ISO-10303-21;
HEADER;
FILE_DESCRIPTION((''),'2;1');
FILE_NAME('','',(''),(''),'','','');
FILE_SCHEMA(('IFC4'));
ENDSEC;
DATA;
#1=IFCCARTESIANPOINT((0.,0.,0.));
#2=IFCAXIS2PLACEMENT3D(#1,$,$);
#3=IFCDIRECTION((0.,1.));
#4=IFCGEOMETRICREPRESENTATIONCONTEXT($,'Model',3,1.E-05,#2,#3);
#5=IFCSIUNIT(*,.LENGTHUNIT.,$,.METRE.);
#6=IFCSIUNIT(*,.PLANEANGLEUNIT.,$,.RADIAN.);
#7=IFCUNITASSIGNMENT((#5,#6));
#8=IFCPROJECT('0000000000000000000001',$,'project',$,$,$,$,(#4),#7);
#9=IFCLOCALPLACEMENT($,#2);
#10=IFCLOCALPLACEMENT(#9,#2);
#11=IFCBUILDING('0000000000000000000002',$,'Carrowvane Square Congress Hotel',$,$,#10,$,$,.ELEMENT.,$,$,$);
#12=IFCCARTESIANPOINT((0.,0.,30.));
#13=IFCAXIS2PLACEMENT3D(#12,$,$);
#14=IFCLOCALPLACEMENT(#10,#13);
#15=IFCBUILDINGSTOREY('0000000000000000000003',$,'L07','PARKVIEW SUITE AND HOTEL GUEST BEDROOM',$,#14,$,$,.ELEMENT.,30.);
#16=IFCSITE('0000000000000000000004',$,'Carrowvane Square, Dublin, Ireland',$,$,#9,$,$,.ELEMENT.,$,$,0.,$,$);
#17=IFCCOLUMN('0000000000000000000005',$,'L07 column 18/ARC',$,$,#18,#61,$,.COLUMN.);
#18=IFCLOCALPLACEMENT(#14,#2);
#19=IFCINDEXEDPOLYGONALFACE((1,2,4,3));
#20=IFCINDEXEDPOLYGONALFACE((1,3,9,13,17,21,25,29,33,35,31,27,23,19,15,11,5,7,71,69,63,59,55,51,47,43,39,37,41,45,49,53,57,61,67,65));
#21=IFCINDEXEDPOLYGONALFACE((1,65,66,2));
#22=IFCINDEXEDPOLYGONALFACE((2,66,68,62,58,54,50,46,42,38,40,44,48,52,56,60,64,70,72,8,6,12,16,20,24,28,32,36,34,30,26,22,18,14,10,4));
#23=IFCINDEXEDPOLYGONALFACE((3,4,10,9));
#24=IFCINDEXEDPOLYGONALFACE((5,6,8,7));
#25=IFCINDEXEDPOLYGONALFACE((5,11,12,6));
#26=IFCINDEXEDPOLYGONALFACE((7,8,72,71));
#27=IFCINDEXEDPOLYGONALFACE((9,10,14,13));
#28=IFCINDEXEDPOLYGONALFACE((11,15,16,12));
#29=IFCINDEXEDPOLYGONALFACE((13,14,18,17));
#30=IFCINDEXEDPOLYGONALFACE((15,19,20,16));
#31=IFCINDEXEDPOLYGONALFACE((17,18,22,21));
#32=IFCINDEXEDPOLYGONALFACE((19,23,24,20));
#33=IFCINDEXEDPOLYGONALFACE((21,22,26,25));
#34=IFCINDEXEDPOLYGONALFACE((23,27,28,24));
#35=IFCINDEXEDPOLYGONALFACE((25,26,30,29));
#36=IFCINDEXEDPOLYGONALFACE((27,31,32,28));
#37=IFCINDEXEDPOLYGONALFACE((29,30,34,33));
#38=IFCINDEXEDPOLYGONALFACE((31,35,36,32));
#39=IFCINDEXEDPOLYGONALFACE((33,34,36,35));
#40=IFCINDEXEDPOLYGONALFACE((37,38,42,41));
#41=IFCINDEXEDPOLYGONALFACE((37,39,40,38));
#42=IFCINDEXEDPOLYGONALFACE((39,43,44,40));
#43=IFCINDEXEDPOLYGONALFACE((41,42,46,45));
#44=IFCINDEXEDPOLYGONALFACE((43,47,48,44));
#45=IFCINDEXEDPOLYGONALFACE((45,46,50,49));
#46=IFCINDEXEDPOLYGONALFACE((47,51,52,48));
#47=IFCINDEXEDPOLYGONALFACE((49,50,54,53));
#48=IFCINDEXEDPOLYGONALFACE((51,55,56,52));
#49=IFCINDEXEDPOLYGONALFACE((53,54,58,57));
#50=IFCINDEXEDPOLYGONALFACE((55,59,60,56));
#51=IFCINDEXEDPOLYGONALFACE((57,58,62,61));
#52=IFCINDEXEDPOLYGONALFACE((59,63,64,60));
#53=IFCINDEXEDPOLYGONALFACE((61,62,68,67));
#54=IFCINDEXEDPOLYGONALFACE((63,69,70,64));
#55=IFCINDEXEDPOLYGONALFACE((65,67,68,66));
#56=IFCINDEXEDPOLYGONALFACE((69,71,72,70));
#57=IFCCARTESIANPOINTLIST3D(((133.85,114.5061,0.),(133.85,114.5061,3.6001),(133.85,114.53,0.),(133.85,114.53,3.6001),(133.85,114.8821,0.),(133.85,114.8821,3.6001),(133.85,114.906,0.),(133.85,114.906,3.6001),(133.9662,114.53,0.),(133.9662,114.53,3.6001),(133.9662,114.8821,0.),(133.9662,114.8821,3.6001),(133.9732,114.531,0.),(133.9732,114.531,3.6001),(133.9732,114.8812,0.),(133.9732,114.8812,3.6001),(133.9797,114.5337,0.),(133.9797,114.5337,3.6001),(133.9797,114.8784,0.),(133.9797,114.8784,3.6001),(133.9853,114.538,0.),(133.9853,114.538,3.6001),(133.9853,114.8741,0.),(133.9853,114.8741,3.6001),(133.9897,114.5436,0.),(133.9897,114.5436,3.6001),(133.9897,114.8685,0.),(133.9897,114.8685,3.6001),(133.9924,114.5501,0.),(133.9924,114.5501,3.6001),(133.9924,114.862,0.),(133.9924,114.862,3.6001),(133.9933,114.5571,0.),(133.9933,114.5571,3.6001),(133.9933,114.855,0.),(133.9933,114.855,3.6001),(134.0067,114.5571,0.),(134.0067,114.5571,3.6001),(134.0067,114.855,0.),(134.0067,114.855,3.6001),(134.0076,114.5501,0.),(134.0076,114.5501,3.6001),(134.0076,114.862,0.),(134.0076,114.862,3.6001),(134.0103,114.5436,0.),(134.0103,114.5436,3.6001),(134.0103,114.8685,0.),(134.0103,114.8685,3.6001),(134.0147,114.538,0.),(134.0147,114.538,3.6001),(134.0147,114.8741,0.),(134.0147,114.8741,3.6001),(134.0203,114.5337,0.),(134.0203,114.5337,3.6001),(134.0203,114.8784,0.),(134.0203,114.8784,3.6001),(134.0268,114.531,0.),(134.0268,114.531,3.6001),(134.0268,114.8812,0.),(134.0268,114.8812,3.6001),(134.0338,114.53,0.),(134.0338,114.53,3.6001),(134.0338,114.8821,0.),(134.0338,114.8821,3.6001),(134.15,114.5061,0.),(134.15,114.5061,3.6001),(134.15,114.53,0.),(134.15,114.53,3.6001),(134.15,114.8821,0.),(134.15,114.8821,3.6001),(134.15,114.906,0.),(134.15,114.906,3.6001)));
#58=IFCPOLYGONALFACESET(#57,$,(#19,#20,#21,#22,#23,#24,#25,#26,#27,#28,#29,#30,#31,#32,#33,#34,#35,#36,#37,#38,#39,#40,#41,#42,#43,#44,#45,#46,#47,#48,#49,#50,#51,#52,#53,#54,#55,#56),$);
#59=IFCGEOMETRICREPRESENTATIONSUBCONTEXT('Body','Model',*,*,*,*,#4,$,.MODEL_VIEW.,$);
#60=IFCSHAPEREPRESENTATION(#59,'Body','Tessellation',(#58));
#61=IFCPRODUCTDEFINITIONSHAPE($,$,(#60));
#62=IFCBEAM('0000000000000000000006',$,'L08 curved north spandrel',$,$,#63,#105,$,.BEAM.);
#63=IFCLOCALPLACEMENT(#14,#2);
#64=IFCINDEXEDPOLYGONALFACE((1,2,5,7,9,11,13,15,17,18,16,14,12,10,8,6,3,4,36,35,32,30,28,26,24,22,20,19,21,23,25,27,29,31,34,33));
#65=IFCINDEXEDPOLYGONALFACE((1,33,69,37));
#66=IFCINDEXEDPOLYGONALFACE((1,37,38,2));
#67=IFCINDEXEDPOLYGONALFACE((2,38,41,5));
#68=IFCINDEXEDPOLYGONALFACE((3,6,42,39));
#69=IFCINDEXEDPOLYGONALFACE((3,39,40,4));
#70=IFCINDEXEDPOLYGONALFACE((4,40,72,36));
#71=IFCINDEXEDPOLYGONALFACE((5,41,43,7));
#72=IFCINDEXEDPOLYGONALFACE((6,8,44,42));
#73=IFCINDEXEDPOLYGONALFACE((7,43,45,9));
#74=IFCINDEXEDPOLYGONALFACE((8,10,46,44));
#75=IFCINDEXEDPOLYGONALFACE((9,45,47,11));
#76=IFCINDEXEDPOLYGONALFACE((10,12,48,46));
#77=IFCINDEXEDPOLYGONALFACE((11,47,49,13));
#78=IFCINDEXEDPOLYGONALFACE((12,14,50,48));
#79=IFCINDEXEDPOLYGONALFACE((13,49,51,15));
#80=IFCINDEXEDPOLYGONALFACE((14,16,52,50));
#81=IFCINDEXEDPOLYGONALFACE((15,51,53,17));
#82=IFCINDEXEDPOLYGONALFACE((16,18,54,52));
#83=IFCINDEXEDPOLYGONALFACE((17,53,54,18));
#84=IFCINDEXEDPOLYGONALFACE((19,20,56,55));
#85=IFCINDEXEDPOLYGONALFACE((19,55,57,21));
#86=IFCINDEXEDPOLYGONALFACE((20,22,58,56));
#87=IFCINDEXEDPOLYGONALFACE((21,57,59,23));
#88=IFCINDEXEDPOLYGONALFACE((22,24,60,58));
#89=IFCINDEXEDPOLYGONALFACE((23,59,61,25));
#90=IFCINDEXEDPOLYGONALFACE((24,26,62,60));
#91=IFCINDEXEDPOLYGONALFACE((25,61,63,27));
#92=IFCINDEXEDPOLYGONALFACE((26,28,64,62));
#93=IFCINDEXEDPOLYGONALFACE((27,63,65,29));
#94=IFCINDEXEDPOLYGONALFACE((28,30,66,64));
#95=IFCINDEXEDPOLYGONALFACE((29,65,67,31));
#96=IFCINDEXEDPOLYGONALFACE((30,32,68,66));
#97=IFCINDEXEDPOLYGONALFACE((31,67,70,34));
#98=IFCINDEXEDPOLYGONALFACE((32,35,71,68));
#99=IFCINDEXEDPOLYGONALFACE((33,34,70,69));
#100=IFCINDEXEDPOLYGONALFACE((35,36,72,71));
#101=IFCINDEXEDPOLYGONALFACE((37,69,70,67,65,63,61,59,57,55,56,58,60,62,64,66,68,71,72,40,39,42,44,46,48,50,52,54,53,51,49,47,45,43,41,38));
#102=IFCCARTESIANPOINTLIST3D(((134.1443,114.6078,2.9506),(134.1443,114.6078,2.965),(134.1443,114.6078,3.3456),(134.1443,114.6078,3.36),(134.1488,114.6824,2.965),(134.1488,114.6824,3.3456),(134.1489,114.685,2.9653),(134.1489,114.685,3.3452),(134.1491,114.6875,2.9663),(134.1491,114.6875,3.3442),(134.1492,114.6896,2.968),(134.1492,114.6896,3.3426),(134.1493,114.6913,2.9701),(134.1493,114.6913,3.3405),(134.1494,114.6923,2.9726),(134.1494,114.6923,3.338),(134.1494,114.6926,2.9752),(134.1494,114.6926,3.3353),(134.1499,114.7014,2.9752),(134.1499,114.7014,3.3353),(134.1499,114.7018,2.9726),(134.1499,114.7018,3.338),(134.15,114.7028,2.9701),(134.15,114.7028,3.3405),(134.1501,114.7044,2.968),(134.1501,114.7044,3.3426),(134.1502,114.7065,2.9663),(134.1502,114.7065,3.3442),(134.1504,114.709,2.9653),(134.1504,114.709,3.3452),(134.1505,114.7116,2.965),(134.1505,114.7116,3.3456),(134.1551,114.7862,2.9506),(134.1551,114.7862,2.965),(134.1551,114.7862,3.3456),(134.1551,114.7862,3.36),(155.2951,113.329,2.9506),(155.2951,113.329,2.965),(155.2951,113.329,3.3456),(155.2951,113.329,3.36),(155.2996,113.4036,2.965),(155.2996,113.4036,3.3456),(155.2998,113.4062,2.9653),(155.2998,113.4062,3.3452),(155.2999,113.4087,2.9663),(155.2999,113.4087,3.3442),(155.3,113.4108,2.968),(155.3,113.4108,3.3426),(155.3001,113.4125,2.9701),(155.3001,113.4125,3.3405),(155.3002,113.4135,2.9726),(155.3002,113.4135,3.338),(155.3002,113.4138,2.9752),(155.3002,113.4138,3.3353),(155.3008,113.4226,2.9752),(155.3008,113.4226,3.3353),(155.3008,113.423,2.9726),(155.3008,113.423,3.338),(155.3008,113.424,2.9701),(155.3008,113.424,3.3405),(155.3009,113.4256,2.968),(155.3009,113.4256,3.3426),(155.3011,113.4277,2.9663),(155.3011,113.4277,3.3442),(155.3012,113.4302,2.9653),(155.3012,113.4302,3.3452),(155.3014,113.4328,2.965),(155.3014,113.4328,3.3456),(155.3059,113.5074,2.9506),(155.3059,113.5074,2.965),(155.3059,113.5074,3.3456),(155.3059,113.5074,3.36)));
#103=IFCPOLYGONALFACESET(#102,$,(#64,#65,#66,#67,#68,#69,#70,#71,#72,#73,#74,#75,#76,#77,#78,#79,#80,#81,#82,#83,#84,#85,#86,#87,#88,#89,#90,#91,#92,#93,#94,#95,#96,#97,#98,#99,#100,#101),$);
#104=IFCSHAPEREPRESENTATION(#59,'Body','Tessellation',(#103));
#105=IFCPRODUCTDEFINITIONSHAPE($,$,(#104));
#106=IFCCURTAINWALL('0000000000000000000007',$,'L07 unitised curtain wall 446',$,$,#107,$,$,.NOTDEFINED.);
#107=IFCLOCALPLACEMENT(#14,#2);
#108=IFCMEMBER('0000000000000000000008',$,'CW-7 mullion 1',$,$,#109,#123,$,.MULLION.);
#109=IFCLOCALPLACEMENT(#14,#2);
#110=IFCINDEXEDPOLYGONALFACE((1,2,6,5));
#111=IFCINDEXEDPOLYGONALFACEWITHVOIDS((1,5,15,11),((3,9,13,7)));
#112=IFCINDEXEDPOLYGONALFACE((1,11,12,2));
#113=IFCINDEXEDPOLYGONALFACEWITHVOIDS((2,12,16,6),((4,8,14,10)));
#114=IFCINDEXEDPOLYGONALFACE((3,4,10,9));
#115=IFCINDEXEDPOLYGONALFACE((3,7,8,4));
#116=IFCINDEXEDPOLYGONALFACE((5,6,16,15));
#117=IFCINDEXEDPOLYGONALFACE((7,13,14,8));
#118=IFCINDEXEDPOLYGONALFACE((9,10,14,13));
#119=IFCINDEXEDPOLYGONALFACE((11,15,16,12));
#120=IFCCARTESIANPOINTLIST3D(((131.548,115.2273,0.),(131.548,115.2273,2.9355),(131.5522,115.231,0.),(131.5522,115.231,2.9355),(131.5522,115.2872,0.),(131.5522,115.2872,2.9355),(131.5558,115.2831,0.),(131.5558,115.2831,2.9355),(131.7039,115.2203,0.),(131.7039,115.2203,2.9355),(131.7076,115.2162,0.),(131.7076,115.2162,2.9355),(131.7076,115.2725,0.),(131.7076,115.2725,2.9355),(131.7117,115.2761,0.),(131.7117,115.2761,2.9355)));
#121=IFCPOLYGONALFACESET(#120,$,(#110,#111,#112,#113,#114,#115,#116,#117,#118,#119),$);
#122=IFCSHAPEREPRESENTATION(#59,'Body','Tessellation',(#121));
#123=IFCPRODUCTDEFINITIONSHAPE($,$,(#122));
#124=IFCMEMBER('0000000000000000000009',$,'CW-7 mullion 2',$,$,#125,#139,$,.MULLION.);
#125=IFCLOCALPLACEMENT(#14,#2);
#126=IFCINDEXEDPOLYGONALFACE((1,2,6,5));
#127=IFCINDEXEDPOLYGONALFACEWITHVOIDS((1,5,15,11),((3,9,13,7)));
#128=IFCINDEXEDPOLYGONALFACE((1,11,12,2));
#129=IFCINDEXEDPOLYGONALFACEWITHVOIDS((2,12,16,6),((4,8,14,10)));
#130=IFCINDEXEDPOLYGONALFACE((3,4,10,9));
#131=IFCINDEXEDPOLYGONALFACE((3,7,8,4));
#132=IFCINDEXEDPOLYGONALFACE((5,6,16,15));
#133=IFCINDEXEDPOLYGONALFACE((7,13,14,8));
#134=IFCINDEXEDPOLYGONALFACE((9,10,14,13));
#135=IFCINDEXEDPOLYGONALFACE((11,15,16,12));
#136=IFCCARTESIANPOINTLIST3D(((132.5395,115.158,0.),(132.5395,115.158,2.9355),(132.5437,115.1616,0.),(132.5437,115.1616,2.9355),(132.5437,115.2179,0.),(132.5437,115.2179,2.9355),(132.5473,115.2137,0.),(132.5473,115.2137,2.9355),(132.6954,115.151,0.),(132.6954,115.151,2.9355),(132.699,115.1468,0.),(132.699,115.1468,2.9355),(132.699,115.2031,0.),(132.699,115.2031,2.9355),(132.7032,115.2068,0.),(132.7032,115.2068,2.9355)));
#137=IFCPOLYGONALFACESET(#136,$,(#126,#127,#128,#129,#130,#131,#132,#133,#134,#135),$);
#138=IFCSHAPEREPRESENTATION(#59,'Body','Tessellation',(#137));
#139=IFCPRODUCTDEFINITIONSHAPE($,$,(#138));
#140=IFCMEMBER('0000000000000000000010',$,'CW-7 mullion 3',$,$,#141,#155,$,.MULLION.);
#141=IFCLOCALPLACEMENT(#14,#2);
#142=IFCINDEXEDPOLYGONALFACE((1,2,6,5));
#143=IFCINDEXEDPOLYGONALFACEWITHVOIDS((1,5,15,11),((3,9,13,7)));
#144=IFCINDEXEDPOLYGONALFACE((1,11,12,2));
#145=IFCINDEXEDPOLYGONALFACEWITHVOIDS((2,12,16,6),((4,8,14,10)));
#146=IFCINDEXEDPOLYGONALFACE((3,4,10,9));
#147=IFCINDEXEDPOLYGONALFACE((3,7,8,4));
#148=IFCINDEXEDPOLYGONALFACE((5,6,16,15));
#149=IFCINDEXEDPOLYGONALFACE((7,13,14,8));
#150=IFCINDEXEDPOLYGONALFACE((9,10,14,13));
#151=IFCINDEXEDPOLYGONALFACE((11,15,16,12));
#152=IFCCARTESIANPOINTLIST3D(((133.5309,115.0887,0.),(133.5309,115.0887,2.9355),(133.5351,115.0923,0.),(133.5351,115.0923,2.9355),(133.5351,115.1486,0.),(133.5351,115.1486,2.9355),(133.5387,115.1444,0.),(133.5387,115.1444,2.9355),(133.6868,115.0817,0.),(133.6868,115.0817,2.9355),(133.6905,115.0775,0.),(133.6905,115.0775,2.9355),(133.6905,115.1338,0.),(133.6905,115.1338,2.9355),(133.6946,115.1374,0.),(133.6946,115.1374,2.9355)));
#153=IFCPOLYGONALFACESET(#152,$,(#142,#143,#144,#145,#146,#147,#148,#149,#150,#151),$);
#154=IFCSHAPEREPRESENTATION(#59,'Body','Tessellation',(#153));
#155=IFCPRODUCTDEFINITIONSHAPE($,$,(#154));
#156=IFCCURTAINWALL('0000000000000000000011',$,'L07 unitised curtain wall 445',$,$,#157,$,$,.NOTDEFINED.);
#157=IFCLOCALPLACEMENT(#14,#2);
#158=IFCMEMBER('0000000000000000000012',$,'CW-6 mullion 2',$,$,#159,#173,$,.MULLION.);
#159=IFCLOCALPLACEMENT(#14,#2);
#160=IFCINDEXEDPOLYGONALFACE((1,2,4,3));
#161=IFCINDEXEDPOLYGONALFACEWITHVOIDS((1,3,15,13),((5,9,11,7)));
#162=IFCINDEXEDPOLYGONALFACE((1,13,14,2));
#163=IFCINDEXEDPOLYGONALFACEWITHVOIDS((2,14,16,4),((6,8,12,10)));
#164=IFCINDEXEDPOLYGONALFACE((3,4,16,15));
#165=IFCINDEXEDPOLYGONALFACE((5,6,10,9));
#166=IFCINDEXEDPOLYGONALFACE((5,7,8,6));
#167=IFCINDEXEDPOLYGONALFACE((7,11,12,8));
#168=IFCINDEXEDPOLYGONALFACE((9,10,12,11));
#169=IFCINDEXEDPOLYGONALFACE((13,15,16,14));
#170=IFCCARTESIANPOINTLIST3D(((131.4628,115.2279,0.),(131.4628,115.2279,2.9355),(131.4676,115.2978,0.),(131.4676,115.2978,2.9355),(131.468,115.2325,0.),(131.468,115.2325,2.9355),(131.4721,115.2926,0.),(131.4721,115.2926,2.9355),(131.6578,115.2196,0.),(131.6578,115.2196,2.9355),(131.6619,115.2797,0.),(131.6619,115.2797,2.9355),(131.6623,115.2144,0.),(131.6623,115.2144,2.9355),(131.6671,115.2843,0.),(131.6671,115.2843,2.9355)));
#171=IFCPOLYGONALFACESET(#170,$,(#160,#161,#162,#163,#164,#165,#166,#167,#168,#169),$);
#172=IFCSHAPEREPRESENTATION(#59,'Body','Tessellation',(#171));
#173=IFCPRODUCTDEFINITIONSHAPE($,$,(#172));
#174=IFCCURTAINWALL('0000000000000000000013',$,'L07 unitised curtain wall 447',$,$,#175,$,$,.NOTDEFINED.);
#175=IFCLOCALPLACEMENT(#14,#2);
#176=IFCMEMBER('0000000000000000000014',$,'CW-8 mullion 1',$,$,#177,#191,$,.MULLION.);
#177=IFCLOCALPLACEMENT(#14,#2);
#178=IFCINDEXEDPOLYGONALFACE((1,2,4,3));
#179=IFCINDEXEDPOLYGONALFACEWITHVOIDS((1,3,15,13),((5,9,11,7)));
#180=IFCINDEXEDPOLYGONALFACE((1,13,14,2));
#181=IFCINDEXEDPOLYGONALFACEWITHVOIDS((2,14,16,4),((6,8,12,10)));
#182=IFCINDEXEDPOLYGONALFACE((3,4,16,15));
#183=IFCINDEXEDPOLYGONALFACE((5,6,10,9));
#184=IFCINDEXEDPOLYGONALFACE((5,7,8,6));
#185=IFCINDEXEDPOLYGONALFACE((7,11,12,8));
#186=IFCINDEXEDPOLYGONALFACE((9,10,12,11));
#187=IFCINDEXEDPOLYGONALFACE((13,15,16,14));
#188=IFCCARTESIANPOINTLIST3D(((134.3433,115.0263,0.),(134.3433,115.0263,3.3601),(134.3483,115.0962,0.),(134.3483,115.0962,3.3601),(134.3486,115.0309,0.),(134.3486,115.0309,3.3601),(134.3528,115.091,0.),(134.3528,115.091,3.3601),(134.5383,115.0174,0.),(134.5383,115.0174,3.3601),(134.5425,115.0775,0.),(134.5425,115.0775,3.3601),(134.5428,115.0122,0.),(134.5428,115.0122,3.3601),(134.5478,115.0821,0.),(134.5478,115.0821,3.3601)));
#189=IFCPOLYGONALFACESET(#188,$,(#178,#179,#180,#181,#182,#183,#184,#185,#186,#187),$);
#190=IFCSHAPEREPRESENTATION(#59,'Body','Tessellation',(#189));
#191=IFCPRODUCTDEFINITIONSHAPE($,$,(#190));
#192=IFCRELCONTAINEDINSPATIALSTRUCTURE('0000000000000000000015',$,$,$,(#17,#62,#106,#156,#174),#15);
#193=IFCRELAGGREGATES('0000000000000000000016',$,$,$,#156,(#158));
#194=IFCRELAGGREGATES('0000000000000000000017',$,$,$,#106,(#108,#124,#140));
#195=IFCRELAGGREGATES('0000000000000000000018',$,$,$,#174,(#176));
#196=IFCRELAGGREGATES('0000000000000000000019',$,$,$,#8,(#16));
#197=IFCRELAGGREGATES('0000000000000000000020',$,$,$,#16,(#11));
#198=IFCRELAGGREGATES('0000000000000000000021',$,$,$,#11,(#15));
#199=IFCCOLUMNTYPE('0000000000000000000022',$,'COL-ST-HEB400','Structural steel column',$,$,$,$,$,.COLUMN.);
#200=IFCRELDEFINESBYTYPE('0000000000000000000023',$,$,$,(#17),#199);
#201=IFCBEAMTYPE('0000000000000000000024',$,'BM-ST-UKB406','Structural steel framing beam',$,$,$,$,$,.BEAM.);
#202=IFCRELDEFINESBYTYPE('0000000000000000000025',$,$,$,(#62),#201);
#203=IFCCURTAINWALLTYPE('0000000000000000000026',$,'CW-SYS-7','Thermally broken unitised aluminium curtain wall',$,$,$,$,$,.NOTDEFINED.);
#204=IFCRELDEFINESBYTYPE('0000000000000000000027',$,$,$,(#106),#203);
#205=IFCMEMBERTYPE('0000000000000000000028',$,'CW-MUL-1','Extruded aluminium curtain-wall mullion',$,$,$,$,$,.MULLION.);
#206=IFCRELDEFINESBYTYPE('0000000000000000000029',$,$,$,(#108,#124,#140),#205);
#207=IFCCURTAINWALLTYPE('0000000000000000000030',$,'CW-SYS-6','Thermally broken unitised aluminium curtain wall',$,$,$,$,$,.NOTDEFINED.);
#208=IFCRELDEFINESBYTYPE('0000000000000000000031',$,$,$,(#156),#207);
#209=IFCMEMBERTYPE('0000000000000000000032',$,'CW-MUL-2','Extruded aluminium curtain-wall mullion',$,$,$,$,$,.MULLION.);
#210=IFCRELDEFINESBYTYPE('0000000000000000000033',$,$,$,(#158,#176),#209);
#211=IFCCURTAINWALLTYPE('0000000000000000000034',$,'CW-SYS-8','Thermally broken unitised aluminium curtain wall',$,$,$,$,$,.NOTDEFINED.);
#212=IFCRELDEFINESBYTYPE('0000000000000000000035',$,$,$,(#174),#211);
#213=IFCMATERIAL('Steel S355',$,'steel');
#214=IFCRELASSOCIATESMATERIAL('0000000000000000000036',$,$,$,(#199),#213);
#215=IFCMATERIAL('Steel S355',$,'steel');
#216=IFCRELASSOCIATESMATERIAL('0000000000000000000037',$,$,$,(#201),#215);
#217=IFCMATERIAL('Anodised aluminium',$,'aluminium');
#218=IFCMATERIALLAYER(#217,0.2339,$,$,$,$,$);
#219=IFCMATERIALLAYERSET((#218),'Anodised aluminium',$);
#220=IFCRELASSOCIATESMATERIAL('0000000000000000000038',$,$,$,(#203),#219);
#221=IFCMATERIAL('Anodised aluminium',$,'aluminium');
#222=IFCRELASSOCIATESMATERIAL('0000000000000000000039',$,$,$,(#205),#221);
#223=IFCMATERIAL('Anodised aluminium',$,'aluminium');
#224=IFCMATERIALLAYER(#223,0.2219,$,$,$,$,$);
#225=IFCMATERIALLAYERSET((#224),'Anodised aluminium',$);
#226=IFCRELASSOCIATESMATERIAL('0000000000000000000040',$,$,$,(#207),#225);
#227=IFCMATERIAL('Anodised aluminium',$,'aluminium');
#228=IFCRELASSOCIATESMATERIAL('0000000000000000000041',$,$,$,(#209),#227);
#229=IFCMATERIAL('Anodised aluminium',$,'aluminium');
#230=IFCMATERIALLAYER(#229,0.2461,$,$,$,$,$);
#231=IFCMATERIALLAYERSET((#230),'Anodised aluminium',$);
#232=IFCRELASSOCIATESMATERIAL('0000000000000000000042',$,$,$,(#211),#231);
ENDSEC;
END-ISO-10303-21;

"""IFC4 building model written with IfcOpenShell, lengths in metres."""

from ifc_helpers import new_model, si_unit, direction, frame, origin, origin_2d, place, context, subcontext, project, spatial, hollow_rectangle, i_section, extrude, material, layer, layer_set, material_profile, profile_set, type_object, element, aggregate, save


model = new_model("IFC4")

# Units and contexts
model_context = context("Model", 3, precision=1e-05, world=origin(), true_north=direction((0.0, 1.0)))
body_context = subcontext(model_context, "Body", "Model", "MODEL_VIEW")
ifc_project = project(units=[si_unit("LENGTHUNIT", "METRE"), si_unit("PLANEANGLEUNIT", "RADIAN")], contexts=[model_context])

# Site, building, storey
site_placement = place(None, origin())
site = spatial("IfcSite", under=ifc_project, at=site_placement, Name="Carrowvane Square, Dublin, Ireland", CompositionType="ELEMENT", RefElevation=0.0)
building_placement = place(site_placement, origin())
building = spatial("IfcBuilding", under=site, at=building_placement, Name="Carrowvane Square Congress Hotel", CompositionType="ELEMENT")
storey_placement = place(building_placement, frame((0.0, 0.0, 30.0)))
storey = spatial("IfcBuildingStorey", under=building, at=storey_placement, Name="L07", Description="PARKVIEW SUITE AND HOTEL GUEST BEDROOM", CompositionType="ELEMENT", Elevation=30.0)

# Column
ifc_material_1 = material(Name="Steel S355", Category="steel")
ifc_material_profile_1 = material_profile(ifc_material_1, i_section(OverallWidth=0.3, OverallDepth=0.3999, WebThickness=0.0134, FlangeThickness=0.0239, FilletRadius=0.0271, at=origin_2d()), Name="HEB 400")
ifc_profile_set_1 = profile_set([ifc_material_profile_1], Name="Steel S355")
column_type = type_object("IfcColumnType", Name="COL-ST-HEB400", Description="Structural steel column", PredefinedType="COLUMN", material=ifc_profile_set_1)
column_placement = place(storey_placement, frame((134.0, 114.7061, 0.0), z_axis=(0.0, 0.0, 1.0), x_axis=(1.0, 0.0, 0.0)))
element("IfcColumn", 1, at=column_placement, inside=storey, type_object=column_type, Name="L07 column 18/ARC", PredefinedType="COLUMN", context=body_context, shape_type="SweptSolid", body=[
    extrude(i_section(OverallWidth=0.3, OverallDepth=0.3999, WebThickness=0.0134, FlangeThickness=0.0239, FilletRadius=0.0271, at=origin_2d()), origin(), (0.0, 0.0, 1.0), 3.6001),
])

# Beam
ifc_material_2 = material(Name="Steel S355", Category="steel")
ifc_material_profile_2 = material_profile(ifc_material_2, i_section(OverallWidth=0.1787, OverallDepth=0.4094, WebThickness=0.0088, FlangeThickness=0.0144, FilletRadius=0.0103, at=origin_2d()), Name="UKB 406x178x67")
ifc_profile_set_2 = profile_set([ifc_material_profile_2], Name="Steel S355")
beam_type = type_object("IfcBeamType", Name="BM-ST-UKB406", Description="Structural steel framing beam", PredefinedType="BEAM", material=ifc_profile_set_2)
beam_placement = place(storey_placement, frame((134.1497, 114.697, 3.1553), z_axis=(0.998177, -0.060351, 0.0), x_axis=(0.060351, 0.998177, 0.0)))
element("IfcBeam", 2, at=beam_placement, inside=storey, type_object=beam_type, Name="L08 curved north spandrel", PredefinedType="BEAM", context=body_context, shape_type="SweptSolid", body=[
    extrude(i_section(OverallWidth=0.1787, OverallDepth=0.4094, WebThickness=0.0088, FlangeThickness=0.0144, FilletRadius=0.0103, at=origin_2d()), origin(), (0.0, 0.0, 1.0), 21.1895),
])

# Curtain wall, members
ifc_material_3 = material(Name="Anodised aluminium", Category="aluminium")
ifc_layer_1 = layer(ifc_material_3, 0.2339)
ifc_layer_set_1 = layer_set([ifc_layer_1], Name="Anodised aluminium")
curtain_wall_type_1 = type_object("IfcCurtainWallType", Name="CW-SYS-7", Description="Thermally broken unitised aluminium curtain wall", PredefinedType="NOTDEFINED", material=ifc_layer_set_1)
curtain_wall_1_placement = place(storey_placement, origin())
curtain_wall_1 = element("IfcCurtainWall", 3, at=curtain_wall_1_placement, inside=storey, type_object=curtain_wall_type_1, Name="L07 unitised curtain wall 446", PredefinedType="NOTDEFINED")
ifc_material_4 = material(Name="Anodised aluminium", Category="aluminium")
ifc_material_profile_3 = material_profile(ifc_material_4, hollow_rectangle(XDim=0.0601, YDim=0.1599, WallThickness=0.0039, at=origin_2d()), Name="CW-ML 60x160x4")
ifc_profile_set_3 = profile_set([ifc_material_profile_3], Name="Anodised aluminium")
member_type_1 = type_object("IfcMemberType", Name="CW-MUL-1", Description="Extruded aluminium curtain-wall mullion", PredefinedType="MULLION", material=ifc_profile_set_3)
member_1_placement = place(storey_placement, frame((131.6299, 115.2517, 0.0), z_axis=(0.0, 0.0, 1.0), x_axis=(0.069727, 0.997566, 0.0)))
member_1 = element("IfcMember", 4, at=member_1_placement, type_object=member_type_1, Name="CW-7 mullion 1", PredefinedType="MULLION", context=body_context, shape_type="SweptSolid", body=[
    extrude(hollow_rectangle(XDim=0.0601, YDim=0.1599, WallThickness=0.0039, at=origin_2d()), origin(), (0.0, 0.0, 1.0), 2.9355),
])
member_2_placement = place(storey_placement, frame((132.6213, 115.1824, 0.0), z_axis=(0.0, 0.0, 1.0), x_axis=(0.069727, 0.997566, 0.0)))
member_2 = element("IfcMember", 5, at=member_2_placement, type_object=member_type_1, Name="CW-7 mullion 2", PredefinedType="MULLION", context=body_context, shape_type="SweptSolid", body=[
    extrude(hollow_rectangle(XDim=0.0601, YDim=0.1599, WallThickness=0.0039, at=origin_2d()), origin(), (0.0, 0.0, 1.0), 2.9355),
])
member_3_placement = place(storey_placement, frame((133.6128, 115.113, 0.0), z_axis=(0.0, 0.0, 1.0), x_axis=(0.069727, 0.997566, 0.0)))
member_3 = element("IfcMember", 6, at=member_3_placement, type_object=member_type_1, Name="CW-7 mullion 3", PredefinedType="MULLION", context=body_context, shape_type="SweptSolid", body=[
    extrude(hollow_rectangle(XDim=0.0601, YDim=0.1599, WallThickness=0.0039, at=origin_2d()), origin(), (0.0, 0.0, 1.0), 2.9355),
])

# Curtain wall, member
ifc_material_5 = material(Name="Anodised aluminium", Category="aluminium")
ifc_layer_2 = layer(ifc_material_5, 0.2219)
ifc_layer_set_2 = layer_set([ifc_layer_2], Name="Anodised aluminium")
curtain_wall_type_2 = type_object("IfcCurtainWallType", Name="CW-SYS-6", Description="Thermally broken unitised aluminium curtain wall", PredefinedType="NOTDEFINED", material=ifc_layer_set_2)
curtain_wall_2_placement = place(storey_placement, origin())
curtain_wall_2 = element("IfcCurtainWall", 7, at=curtain_wall_2_placement, inside=storey, type_object=curtain_wall_type_2, Name="L07 unitised curtain wall 445", PredefinedType="NOTDEFINED")
ifc_material_6 = material(Name="Anodised aluminium", Category="aluminium")
ifc_material_profile_4 = material_profile(ifc_material_6, hollow_rectangle(XDim=0.0701, YDim=0.2, WallThickness=0.0049, at=origin_2d()), Name="CW-ML 70x200x5")
ifc_profile_set_4 = profile_set([ifc_material_profile_4], Name="Anodised aluminium")
member_type_2 = type_object("IfcMemberType", Name="CW-MUL-2", Description="Extruded aluminium curtain-wall mullion", PredefinedType="MULLION", material=ifc_profile_set_4)
member_4_placement = place(storey_placement, frame((131.5649, 115.2561, 0.0), z_axis=(0.0, 0.0, 1.0), x_axis=(0.06787, 0.997694, 0.0)))
member_4 = element("IfcMember", 8, at=member_4_placement, type_object=member_type_2, Name="CW-6 mullion 2", PredefinedType="MULLION", context=body_context, shape_type="SweptSolid", body=[
    extrude(hollow_rectangle(XDim=0.0701, YDim=0.2, WallThickness=0.0049, at=origin_2d()), origin(), (0.0, 0.0, 1.0), 2.9355),
])
aggregate(curtain_wall_2, [member_4])

# Curtain wall, member
ifc_material_7 = material(Name="Anodised aluminium", Category="aluminium")
ifc_layer_3 = layer(ifc_material_7, 0.2461)
ifc_layer_set_3 = layer_set([ifc_layer_3], Name="Anodised aluminium")
curtain_wall_type_3 = type_object("IfcCurtainWallType", Name="CW-SYS-8", Description="Thermally broken unitised aluminium curtain wall", PredefinedType="NOTDEFINED", material=ifc_layer_set_3)
curtain_wall_3_placement = place(storey_placement, origin())
curtain_wall_3 = element("IfcCurtainWall", 9, at=curtain_wall_3_placement, inside=storey, type_object=curtain_wall_type_3, Name="L07 unitised curtain wall 447", PredefinedType="NOTDEFINED")
member_5_placement = place(storey_placement, frame((134.4456, 115.0542, 0.0), z_axis=(0.0, 0.0, 1.0), x_axis=(0.07096, 0.997479, 0.0)))
member_5 = element("IfcMember", 10, at=member_5_placement, type_object=member_type_2, Name="CW-8 mullion 1", PredefinedType="MULLION", context=body_context, shape_type="SweptSolid", body=[
    extrude(hollow_rectangle(XDim=0.0701, YDim=0.2, WallThickness=0.0049, at=origin_2d()), origin(), (0.0, 0.0, 1.0), 3.3601),
])

aggregate(curtain_wall_1, [member_1, member_2, member_3])
aggregate(curtain_wall_3, [member_5])

save(model, "model.ifc")
